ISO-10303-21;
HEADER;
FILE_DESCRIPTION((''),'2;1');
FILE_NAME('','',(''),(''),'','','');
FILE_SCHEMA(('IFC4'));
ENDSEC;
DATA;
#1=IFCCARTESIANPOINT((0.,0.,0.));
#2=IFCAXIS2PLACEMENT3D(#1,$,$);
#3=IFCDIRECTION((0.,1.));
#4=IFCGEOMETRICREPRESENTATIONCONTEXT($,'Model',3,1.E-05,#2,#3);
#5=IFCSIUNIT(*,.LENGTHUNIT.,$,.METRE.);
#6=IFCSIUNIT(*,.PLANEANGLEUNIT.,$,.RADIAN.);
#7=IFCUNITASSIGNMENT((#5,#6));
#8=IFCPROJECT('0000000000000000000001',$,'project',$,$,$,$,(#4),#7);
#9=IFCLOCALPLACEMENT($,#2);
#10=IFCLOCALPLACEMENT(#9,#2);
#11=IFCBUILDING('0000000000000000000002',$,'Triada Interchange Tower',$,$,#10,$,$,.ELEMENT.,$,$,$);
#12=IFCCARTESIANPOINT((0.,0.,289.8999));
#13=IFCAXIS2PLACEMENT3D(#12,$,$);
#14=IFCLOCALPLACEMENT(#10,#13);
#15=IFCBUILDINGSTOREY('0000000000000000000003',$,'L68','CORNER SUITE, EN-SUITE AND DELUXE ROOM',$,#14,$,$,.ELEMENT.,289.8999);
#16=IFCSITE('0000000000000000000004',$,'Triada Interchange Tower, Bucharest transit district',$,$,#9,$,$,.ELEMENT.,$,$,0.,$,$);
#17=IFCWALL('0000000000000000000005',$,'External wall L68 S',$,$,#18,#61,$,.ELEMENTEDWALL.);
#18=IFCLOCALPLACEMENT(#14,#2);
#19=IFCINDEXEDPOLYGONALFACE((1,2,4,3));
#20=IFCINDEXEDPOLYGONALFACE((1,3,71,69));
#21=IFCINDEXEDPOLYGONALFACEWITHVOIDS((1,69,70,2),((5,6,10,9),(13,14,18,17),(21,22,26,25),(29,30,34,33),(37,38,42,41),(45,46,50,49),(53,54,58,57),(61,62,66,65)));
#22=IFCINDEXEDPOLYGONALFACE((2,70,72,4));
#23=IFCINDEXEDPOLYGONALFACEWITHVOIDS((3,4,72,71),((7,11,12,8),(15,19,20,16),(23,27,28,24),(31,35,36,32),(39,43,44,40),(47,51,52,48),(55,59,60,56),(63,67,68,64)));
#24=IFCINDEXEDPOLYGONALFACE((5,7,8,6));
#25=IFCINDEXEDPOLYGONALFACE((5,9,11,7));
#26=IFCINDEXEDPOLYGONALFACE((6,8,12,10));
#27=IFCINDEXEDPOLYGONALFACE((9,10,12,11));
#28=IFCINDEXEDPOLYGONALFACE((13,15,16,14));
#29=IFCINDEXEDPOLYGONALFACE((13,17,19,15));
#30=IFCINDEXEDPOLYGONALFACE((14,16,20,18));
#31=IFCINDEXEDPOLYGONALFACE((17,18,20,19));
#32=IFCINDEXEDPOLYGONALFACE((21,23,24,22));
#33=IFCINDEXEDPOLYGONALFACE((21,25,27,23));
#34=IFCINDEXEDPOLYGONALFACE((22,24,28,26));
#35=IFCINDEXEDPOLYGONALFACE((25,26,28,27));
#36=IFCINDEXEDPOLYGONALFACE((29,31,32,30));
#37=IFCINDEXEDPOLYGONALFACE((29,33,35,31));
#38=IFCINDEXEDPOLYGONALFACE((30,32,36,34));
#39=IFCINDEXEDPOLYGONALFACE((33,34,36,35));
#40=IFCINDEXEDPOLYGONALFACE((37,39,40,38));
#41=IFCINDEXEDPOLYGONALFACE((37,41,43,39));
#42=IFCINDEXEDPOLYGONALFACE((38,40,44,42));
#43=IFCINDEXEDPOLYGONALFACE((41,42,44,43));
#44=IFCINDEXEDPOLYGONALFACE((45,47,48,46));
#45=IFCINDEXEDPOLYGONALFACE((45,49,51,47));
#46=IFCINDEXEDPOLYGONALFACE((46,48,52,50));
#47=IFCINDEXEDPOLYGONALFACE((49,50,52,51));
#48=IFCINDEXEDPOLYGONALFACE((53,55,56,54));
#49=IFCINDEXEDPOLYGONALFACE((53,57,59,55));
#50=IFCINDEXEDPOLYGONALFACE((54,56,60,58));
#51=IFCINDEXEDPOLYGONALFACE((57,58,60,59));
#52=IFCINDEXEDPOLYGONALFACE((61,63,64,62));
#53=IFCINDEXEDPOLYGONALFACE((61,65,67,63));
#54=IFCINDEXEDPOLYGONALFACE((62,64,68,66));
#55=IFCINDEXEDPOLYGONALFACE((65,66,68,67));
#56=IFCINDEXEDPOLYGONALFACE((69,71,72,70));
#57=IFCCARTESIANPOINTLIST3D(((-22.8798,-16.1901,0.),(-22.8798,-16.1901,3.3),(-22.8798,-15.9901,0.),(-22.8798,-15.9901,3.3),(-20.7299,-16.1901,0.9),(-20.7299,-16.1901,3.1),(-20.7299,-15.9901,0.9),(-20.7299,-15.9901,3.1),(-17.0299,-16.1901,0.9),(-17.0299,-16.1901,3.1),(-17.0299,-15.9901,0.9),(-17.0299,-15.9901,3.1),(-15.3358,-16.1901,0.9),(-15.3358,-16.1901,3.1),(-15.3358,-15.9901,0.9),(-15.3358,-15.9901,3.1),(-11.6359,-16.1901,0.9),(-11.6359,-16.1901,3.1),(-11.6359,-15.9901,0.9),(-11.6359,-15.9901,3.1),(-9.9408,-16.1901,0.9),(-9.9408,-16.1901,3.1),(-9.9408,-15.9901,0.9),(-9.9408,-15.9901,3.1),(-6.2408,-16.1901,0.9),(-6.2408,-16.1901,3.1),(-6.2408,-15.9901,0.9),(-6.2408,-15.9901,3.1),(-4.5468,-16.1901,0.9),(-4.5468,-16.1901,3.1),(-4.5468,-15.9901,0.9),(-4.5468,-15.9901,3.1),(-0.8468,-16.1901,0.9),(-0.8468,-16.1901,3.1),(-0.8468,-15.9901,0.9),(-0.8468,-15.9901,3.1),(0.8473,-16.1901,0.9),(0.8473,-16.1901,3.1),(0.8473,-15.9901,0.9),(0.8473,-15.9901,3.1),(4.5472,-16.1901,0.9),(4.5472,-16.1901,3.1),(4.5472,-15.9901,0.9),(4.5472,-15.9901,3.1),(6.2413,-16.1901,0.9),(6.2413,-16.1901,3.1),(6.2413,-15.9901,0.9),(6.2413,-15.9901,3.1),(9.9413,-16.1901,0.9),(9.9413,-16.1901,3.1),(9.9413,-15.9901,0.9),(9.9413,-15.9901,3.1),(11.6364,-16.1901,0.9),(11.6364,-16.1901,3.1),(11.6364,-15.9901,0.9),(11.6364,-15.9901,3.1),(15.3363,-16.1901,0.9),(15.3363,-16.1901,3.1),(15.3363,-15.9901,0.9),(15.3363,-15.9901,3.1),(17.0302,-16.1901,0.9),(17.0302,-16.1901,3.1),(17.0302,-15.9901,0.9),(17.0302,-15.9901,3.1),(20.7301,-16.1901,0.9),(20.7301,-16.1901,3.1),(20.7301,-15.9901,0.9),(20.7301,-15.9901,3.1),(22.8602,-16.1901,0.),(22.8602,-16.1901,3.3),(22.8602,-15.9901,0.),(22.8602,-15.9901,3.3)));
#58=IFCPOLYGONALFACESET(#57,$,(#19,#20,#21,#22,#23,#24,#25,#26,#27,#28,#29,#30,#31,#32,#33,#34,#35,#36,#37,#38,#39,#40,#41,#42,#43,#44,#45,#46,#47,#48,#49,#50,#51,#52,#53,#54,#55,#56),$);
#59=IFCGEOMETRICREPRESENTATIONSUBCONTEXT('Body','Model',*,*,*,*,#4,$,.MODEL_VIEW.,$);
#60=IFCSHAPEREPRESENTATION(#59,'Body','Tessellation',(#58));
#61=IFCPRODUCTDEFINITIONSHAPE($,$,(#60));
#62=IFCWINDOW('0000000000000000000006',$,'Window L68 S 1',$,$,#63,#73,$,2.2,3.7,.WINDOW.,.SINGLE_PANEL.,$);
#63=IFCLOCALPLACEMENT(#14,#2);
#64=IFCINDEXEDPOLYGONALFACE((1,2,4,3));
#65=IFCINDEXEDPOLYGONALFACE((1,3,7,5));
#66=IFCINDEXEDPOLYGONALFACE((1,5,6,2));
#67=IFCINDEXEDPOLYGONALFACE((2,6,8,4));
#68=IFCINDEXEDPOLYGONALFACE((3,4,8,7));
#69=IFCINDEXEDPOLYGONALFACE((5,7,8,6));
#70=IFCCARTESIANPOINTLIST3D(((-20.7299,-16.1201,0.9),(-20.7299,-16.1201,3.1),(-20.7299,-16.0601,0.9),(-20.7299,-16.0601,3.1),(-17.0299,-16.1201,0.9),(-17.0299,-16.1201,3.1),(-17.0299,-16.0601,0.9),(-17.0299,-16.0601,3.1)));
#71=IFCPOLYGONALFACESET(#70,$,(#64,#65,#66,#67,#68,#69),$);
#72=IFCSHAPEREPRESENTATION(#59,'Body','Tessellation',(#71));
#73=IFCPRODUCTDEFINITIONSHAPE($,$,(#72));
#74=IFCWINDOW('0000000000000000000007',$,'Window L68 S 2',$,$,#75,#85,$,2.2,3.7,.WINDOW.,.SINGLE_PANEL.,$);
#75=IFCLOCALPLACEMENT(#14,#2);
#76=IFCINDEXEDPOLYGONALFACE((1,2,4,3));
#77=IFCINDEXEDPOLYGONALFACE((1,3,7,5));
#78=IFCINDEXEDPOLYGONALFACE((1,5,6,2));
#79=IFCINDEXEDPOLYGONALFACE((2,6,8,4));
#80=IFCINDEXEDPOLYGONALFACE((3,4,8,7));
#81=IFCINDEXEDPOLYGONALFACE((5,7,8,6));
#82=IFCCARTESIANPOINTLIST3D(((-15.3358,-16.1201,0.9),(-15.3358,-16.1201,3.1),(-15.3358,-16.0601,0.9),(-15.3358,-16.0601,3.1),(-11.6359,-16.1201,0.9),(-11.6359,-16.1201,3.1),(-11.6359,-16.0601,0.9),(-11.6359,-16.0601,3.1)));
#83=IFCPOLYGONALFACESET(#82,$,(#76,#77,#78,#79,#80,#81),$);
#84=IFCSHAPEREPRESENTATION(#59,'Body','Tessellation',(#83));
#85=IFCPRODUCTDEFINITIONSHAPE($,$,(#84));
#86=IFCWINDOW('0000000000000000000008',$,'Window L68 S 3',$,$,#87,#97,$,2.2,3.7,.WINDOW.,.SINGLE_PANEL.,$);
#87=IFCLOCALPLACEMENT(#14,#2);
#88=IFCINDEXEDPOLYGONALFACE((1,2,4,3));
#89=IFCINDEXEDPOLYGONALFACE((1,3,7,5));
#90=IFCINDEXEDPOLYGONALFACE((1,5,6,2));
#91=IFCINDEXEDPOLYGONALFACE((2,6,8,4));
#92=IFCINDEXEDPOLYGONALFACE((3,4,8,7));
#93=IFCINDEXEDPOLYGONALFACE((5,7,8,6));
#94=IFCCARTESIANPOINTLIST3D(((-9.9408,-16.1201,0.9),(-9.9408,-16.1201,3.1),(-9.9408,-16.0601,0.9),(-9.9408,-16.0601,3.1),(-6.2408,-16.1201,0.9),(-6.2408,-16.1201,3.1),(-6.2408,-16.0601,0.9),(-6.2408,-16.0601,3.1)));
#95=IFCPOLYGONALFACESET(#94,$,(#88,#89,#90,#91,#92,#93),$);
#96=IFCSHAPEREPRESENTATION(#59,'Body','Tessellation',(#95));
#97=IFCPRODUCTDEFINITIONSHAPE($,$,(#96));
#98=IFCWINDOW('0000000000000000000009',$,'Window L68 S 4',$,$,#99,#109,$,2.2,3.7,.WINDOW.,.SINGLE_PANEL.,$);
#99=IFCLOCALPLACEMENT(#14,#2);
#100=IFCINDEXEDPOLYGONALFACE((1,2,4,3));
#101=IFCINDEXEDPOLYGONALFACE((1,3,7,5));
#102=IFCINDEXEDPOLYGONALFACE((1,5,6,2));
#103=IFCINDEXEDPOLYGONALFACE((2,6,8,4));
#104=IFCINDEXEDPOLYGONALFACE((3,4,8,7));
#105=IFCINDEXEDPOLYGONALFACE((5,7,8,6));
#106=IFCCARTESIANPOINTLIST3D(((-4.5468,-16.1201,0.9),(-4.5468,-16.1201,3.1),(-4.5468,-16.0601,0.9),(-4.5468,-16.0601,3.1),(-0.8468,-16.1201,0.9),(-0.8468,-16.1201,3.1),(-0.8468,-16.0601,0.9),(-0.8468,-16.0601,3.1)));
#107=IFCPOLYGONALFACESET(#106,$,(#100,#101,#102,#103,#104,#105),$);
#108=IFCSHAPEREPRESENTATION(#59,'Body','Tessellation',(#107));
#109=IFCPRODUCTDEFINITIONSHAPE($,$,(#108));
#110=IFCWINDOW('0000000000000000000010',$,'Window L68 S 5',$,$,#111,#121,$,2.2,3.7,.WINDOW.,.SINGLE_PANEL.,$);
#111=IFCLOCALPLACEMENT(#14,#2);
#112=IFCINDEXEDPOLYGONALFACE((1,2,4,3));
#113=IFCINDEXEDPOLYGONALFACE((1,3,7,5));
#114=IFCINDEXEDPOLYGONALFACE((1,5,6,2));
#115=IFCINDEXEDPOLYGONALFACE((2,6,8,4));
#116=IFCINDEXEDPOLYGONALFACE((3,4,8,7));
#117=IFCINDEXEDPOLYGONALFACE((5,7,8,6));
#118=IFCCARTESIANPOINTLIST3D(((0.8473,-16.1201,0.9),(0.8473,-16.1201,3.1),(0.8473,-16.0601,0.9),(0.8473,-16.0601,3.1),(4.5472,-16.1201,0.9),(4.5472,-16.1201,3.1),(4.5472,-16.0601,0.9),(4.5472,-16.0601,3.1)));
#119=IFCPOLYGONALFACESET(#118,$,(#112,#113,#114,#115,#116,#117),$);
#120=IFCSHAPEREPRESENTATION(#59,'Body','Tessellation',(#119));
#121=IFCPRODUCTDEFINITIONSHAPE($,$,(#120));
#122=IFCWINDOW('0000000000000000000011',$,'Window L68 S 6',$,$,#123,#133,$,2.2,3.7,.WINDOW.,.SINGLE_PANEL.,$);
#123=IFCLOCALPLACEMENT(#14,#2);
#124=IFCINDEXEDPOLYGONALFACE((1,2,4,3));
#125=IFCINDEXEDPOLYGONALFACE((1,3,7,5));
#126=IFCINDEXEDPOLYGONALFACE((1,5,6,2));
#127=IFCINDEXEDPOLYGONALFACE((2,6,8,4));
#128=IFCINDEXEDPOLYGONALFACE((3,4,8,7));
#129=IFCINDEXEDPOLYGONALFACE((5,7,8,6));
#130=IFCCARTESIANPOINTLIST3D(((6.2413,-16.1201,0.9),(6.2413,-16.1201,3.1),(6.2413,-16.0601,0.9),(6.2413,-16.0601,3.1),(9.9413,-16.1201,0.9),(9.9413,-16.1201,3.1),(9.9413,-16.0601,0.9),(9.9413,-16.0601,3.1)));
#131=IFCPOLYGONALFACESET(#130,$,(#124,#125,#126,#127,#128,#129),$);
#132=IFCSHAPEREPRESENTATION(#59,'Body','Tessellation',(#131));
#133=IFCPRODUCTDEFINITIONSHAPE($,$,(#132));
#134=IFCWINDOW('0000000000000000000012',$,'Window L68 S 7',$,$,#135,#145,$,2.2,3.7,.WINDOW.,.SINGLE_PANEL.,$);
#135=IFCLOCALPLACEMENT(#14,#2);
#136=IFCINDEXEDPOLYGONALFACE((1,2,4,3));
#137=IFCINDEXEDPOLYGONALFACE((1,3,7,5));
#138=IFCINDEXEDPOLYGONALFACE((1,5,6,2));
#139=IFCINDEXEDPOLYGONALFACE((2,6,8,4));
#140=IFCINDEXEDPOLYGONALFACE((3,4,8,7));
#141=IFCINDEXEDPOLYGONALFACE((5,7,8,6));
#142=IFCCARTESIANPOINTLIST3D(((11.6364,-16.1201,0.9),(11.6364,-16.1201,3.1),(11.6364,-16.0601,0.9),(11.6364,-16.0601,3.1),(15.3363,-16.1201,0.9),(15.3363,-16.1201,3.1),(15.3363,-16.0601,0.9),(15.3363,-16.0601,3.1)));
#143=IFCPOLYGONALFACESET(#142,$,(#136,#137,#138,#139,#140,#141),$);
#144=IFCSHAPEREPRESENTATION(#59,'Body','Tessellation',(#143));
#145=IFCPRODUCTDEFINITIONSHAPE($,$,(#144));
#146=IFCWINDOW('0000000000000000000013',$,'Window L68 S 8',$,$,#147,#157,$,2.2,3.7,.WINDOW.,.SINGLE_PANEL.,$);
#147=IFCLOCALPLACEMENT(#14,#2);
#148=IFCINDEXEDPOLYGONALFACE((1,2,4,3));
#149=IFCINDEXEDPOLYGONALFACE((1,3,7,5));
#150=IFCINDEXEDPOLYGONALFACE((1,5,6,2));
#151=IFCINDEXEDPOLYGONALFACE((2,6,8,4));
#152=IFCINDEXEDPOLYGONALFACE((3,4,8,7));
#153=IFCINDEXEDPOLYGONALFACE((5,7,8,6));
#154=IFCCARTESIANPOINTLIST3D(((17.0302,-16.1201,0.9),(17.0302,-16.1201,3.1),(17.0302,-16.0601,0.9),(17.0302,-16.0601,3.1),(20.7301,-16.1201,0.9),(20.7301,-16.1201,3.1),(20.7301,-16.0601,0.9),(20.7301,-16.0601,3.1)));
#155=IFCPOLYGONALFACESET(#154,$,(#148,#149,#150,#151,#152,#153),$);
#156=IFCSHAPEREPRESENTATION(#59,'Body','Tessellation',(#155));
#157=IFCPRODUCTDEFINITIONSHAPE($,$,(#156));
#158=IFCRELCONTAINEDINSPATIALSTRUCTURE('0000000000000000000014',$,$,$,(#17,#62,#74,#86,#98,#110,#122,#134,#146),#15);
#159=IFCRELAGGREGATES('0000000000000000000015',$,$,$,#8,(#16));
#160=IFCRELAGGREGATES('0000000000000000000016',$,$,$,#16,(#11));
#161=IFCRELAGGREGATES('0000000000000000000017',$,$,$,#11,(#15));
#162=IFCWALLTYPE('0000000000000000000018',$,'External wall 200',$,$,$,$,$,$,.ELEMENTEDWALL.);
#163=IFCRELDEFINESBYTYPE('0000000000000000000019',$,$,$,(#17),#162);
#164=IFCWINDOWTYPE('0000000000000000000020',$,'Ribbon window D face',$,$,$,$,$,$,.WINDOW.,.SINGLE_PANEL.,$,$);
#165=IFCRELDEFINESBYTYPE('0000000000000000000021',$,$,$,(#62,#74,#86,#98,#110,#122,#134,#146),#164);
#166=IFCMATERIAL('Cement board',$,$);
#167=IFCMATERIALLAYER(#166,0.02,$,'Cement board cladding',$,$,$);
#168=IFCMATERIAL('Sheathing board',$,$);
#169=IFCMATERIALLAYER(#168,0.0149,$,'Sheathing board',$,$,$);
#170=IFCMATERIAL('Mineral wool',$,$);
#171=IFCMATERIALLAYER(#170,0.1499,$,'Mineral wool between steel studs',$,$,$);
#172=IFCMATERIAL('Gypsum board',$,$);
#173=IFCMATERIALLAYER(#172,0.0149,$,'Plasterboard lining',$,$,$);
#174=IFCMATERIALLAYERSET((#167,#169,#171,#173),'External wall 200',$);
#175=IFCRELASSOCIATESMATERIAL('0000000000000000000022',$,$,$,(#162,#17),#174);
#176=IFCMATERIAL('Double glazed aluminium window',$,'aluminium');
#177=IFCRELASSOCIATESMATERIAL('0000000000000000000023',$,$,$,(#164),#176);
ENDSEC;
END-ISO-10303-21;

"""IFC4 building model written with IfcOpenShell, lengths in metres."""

from ifc_helpers import new_model, si_unit, direction, frame, frame_2d, origin, place, context, subcontext, project, spatial, rectangle, extrude, material, layer, layer_set, layer_usage, type_object, element, fill, save


model = new_model("IFC4")

# Units and contexts
model_context = context("Model", 3, precision=1e-05, world=origin(), true_north=direction((0.0, 1.0)))
body_context = subcontext(model_context, "Body", "Model", "MODEL_VIEW")
ifc_project = project(units=[si_unit("LENGTHUNIT", "METRE"), si_unit("PLANEANGLEUNIT", "RADIAN")], contexts=[model_context])

# Site, building, storey
site_placement = place(None, origin())
site = spatial("IfcSite", under=ifc_project, at=site_placement, Name="Triada Interchange Tower, Bucharest transit district", CompositionType="ELEMENT", RefElevation=0.0)
building_placement = place(site_placement, origin())
building = spatial("IfcBuilding", under=site, at=building_placement, Name="Triada Interchange Tower", CompositionType="ELEMENT")
storey_placement = place(building_placement, frame((0.0, 0.0, 289.8999)))
storey = spatial("IfcBuildingStorey", under=building, at=storey_placement, Name="L68", Description="CORNER SUITE, EN-SUITE AND DELUXE ROOM", CompositionType="ELEMENT", Elevation=289.8999)

# Shared definitions
ifc_material_1 = material(Name="Cement board")
ifc_layer_1 = layer(ifc_material_1, 0.02, Name="Cement board cladding")
ifc_material_2 = material(Name="Sheathing board")
ifc_layer_2 = layer(ifc_material_2, 0.0149, Name="Sheathing board")
ifc_material_3 = material(Name="Mineral wool")
ifc_layer_3 = layer(ifc_material_3, 0.1499, Name="Mineral wool between steel studs")
ifc_material_4 = material(Name="Gypsum board")
ifc_layer_4 = layer(ifc_material_4, 0.0149, Name="Plasterboard lining")
ifc_layer_set_1 = layer_set([ifc_layer_1, ifc_layer_2, ifc_layer_3, ifc_layer_4], Name="External wall 200")
ifc_layer_usage = layer_usage(ifc_layer_set_1, "AXIS2", "POSITIVE", -0.1001)
wall_type = type_object("IfcWallType", Name="External wall 200", PredefinedType="ELEMENTEDWALL", material=ifc_layer_set_1)
ifc_material_5 = material(Name="Double glazed aluminium window", Category="aluminium")

# Wall, openings, windows
wall_1_placement = place(storey_placement, frame((-22.8799, -16.0901, 0.0), z_axis=(0.0, 0.0, 1.0), x_axis=(1.0, 0.0, 0.0)))
wall_1 = element("IfcWall", 1, at=wall_1_placement, inside=storey, type_object=wall_type, material=ifc_layer_usage, Name="External wall L68 S", PredefinedType="ELEMENTEDWALL", context=body_context, shape_type="SweptSolid", body=[
    extrude(rectangle(XDim=45.74, YDim=0.2, at=frame_2d((22.8701, 0.0))), origin(), (0.0, 0.0, 1.0), 3.3),
])
opening_1_placement = place(wall_1_placement, frame((2.1499, 0.0, 0.8999)))
opening_1 = element("IfcOpeningElement", 2, at=opening_1_placement, cuts=wall_1, PredefinedType="OPENING", context=body_context, shape_type="SweptSolid", body=[
    extrude(rectangle(XDim=3.7, YDim=2.2, at=frame_2d((1.8501, 1.1001))), frame((0.0, 0.1099, 0.0), z_axis=(0.0, -1.0, 0.0), x_axis=(1.0, 0.0, 0.0)), (0.0, 0.0, 1.0), 0.22),
])
opening_2_placement = place(wall_1_placement, frame((7.5439, 0.0, 0.8999)))
opening_2 = element("IfcOpeningElement", 3, at=opening_2_placement, cuts=wall_1, PredefinedType="OPENING", context=body_context, shape_type="SweptSolid", body=[
    extrude(rectangle(XDim=3.7, YDim=2.2, at=frame_2d((1.8501, 1.1001))), frame((0.0, 0.1099, 0.0), z_axis=(0.0, -1.0, 0.0), x_axis=(1.0, 0.0, 0.0)), (0.0, 0.0, 1.0), 0.22),
])
opening_3_placement = place(wall_1_placement, frame((12.939, 0.0, 0.8999)))
opening_3 = element("IfcOpeningElement", 4, at=opening_3_placement, cuts=wall_1, PredefinedType="OPENING", context=body_context, shape_type="SweptSolid", body=[
    extrude(rectangle(XDim=3.7, YDim=2.2, at=frame_2d((1.8501, 1.1001))), frame((0.0, 0.1099, 0.0), z_axis=(0.0, -1.0, 0.0), x_axis=(1.0, 0.0, 0.0)), (0.0, 0.0, 1.0), 0.22),
])
opening_4_placement = place(wall_1_placement, frame((18.333, 0.0, 0.8999)))
opening_4 = element("IfcOpeningElement", 5, at=opening_4_placement, cuts=wall_1, PredefinedType="OPENING", context=body_context, shape_type="SweptSolid", body=[
    extrude(rectangle(XDim=3.7, YDim=2.2, at=frame_2d((1.8501, 1.1001))), frame((0.0, 0.1099, 0.0), z_axis=(0.0, -1.0, 0.0), x_axis=(1.0, 0.0, 0.0)), (0.0, 0.0, 1.0), 0.22),
])
opening_5_placement = place(wall_1_placement, frame((23.7271, 0.0, 0.8999)))
opening_5 = element("IfcOpeningElement", 6, at=opening_5_placement, cuts=wall_1, PredefinedType="OPENING", context=body_context, shape_type="SweptSolid", body=[
    extrude(rectangle(XDim=3.7, YDim=2.2, at=frame_2d((1.8501, 1.1001))), frame((0.0, 0.1099, 0.0), z_axis=(0.0, -1.0, 0.0), x_axis=(1.0, 0.0, 0.0)), (0.0, 0.0, 1.0), 0.22),
])
opening_6_placement = place(wall_1_placement, frame((29.1211, 0.0, 0.8999)))
opening_6 = element("IfcOpeningElement", 7, at=opening_6_placement, cuts=wall_1, PredefinedType="OPENING", context=body_context, shape_type="SweptSolid", body=[
    extrude(rectangle(XDim=3.7, YDim=2.2, at=frame_2d((1.8501, 1.1001))), frame((0.0, 0.1099, 0.0), z_axis=(0.0, -1.0, 0.0), x_axis=(1.0, 0.0, 0.0)), (0.0, 0.0, 1.0), 0.22),
])
opening_7_placement = place(wall_1_placement, frame((34.5161, 0.0, 0.8999)))
opening_7 = element("IfcOpeningElement", 8, at=opening_7_placement, cuts=wall_1, PredefinedType="OPENING", context=body_context, shape_type="SweptSolid", body=[
    extrude(rectangle(XDim=3.7, YDim=2.2, at=frame_2d((1.8501, 1.1001))), frame((0.0, 0.1099, 0.0), z_axis=(0.0, -1.0, 0.0), x_axis=(1.0, 0.0, 0.0)), (0.0, 0.0, 1.0), 0.22),
])
opening_8_placement = place(wall_1_placement, frame((39.9099, 0.0, 0.8999)))
opening_8 = element("IfcOpeningElement", 9, at=opening_8_placement, cuts=wall_1, PredefinedType="OPENING", context=body_context, shape_type="SweptSolid", body=[
    extrude(rectangle(XDim=3.7, YDim=2.2, at=frame_2d((1.8501, 1.1001))), frame((0.0, 0.1099, 0.0), z_axis=(0.0, -1.0, 0.0), x_axis=(1.0, 0.0, 0.0)), (0.0, 0.0, 1.0), 0.22),
])
window_type_1 = type_object("IfcWindowType", Name="Ribbon window D face", PartitioningType="SINGLE_PANEL", PredefinedType="WINDOW", material=ifc_material_5)
window_1_placement = place(opening_1_placement, origin())
window_1 = element("IfcWindow", 10, at=window_1_placement, inside=storey, type_object=window_type_1, Name="Window L68 S 1", OverallHeight=2.2, OverallWidth=3.7, PartitioningType="SINGLE_PANEL", PredefinedType="WINDOW", context=body_context, shape_type="SweptSolid", body=[
    extrude(rectangle(XDim=3.7, YDim=2.2, at=frame_2d((1.8501, 1.1001))), frame((0.0, 0.03, 0.0), z_axis=(0.0, -1.0, 0.0), x_axis=(1.0, 0.0, 0.0)), (0.0, 0.0, 1.0), 0.0601),
])
fill(opening_1, window_1)
window_2_placement = place(opening_2_placement, origin())
window_2 = element("IfcWindow", 11, at=window_2_placement, inside=storey, type_object=window_type_1, Name="Window L68 S 2", OverallHeight=2.2, OverallWidth=3.7, PartitioningType="SINGLE_PANEL", PredefinedType="WINDOW", context=body_context, shape_type="SweptSolid", body=[
    extrude(rectangle(XDim=3.7, YDim=2.2, at=frame_2d((1.8501, 1.1001))), frame((0.0, 0.03, 0.0), z_axis=(0.0, -1.0, 0.0), x_axis=(1.0, 0.0, 0.0)), (0.0, 0.0, 1.0), 0.0601),
])
fill(opening_2, window_2)
window_3_placement = place(opening_3_placement, origin())
window_3 = element("IfcWindow", 12, at=window_3_placement, inside=storey, type_object=window_type_1, Name="Window L68 S 3", OverallHeight=2.2, OverallWidth=3.7, PartitioningType="SINGLE_PANEL", PredefinedType="WINDOW", context=body_context, shape_type="SweptSolid", body=[
    extrude(rectangle(XDim=3.7, YDim=2.2, at=frame_2d((1.8501, 1.1001))), frame((0.0, 0.03, 0.0), z_axis=(0.0, -1.0, 0.0), x_axis=(1.0, 0.0, 0.0)), (0.0, 0.0, 1.0), 0.0601),
])
fill(opening_3, window_3)
window_4_placement = place(opening_4_placement, origin())
window_4 = element("IfcWindow", 13, at=window_4_placement, inside=storey, type_object=window_type_1, Name="Window L68 S 4", OverallHeight=2.2, OverallWidth=3.7, PartitioningType="SINGLE_PANEL", PredefinedType="WINDOW", context=body_context, shape_type="SweptSolid", body=[
    extrude(rectangle(XDim=3.7, YDim=2.2, at=frame_2d((1.8501, 1.1001))), frame((0.0, 0.03, 0.0), z_axis=(0.0, -1.0, 0.0), x_axis=(1.0, 0.0, 0.0)), (0.0, 0.0, 1.0), 0.0601),
])
fill(opening_4, window_4)
window_5_placement = place(opening_5_placement, origin())
window_5 = element("IfcWindow", 14, at=window_5_placement, inside=storey, type_object=window_type_1, Name="Window L68 S 5", OverallHeight=2.2, OverallWidth=3.7, PartitioningType="SINGLE_PANEL", PredefinedType="WINDOW", context=body_context, shape_type="SweptSolid", body=[
    extrude(rectangle(XDim=3.7, YDim=2.2, at=frame_2d((1.8501, 1.1001))), frame((0.0, 0.03, 0.0), z_axis=(0.0, -1.0, 0.0), x_axis=(1.0, 0.0, 0.0)), (0.0, 0.0, 1.0), 0.0601),
])
fill(opening_5, window_5)
window_6_placement = place(opening_6_placement, origin())
window_6 = element("IfcWindow", 15, at=window_6_placement, inside=storey, type_object=window_type_1, Name="Window L68 S 6", OverallHeight=2.2, OverallWidth=3.7, PartitioningType="SINGLE_PANEL", PredefinedType="WINDOW", context=body_context, shape_type="SweptSolid", body=[
    extrude(rectangle(XDim=3.7, YDim=2.2, at=frame_2d((1.8501, 1.1001))), frame((0.0, 0.03, 0.0), z_axis=(0.0, -1.0, 0.0), x_axis=(1.0, 0.0, 0.0)), (0.0, 0.0, 1.0), 0.0601),
])
fill(opening_6, window_6)
window_7_placement = place(opening_7_placement, origin())
window_7 = element("IfcWindow", 16, at=window_7_placement, inside=storey, type_object=window_type_1, Name="Window L68 S 7", OverallHeight=2.2, OverallWidth=3.7, PartitioningType="SINGLE_PANEL", PredefinedType="WINDOW", context=body_context, shape_type="SweptSolid", body=[
    extrude(rectangle(XDim=3.7, YDim=2.2, at=frame_2d((1.8501, 1.1001))), frame((0.0, 0.03, 0.0), z_axis=(0.0, -1.0, 0.0), x_axis=(1.0, 0.0, 0.0)), (0.0, 0.0, 1.0), 0.0601),
])
fill(opening_7, window_7)
window_8_placement = place(opening_8_placement, origin())
window_8 = element("IfcWindow", 17, at=window_8_placement, inside=storey, type_object=window_type_1, Name="Window L68 S 8", OverallHeight=2.2, OverallWidth=3.7, PartitioningType="SINGLE_PANEL", PredefinedType="WINDOW", context=body_context, shape_type="SweptSolid", body=[
    extrude(rectangle(XDim=3.7, YDim=2.2, at=frame_2d((1.8501, 1.1001))), frame((0.0, 0.03, 0.0), z_axis=(0.0, -1.0, 0.0), x_axis=(1.0, 0.0, 0.0)), (0.0, 0.0, 1.0), 0.0601),
])
fill(opening_8, window_8)

save(model, "model.ifc")
